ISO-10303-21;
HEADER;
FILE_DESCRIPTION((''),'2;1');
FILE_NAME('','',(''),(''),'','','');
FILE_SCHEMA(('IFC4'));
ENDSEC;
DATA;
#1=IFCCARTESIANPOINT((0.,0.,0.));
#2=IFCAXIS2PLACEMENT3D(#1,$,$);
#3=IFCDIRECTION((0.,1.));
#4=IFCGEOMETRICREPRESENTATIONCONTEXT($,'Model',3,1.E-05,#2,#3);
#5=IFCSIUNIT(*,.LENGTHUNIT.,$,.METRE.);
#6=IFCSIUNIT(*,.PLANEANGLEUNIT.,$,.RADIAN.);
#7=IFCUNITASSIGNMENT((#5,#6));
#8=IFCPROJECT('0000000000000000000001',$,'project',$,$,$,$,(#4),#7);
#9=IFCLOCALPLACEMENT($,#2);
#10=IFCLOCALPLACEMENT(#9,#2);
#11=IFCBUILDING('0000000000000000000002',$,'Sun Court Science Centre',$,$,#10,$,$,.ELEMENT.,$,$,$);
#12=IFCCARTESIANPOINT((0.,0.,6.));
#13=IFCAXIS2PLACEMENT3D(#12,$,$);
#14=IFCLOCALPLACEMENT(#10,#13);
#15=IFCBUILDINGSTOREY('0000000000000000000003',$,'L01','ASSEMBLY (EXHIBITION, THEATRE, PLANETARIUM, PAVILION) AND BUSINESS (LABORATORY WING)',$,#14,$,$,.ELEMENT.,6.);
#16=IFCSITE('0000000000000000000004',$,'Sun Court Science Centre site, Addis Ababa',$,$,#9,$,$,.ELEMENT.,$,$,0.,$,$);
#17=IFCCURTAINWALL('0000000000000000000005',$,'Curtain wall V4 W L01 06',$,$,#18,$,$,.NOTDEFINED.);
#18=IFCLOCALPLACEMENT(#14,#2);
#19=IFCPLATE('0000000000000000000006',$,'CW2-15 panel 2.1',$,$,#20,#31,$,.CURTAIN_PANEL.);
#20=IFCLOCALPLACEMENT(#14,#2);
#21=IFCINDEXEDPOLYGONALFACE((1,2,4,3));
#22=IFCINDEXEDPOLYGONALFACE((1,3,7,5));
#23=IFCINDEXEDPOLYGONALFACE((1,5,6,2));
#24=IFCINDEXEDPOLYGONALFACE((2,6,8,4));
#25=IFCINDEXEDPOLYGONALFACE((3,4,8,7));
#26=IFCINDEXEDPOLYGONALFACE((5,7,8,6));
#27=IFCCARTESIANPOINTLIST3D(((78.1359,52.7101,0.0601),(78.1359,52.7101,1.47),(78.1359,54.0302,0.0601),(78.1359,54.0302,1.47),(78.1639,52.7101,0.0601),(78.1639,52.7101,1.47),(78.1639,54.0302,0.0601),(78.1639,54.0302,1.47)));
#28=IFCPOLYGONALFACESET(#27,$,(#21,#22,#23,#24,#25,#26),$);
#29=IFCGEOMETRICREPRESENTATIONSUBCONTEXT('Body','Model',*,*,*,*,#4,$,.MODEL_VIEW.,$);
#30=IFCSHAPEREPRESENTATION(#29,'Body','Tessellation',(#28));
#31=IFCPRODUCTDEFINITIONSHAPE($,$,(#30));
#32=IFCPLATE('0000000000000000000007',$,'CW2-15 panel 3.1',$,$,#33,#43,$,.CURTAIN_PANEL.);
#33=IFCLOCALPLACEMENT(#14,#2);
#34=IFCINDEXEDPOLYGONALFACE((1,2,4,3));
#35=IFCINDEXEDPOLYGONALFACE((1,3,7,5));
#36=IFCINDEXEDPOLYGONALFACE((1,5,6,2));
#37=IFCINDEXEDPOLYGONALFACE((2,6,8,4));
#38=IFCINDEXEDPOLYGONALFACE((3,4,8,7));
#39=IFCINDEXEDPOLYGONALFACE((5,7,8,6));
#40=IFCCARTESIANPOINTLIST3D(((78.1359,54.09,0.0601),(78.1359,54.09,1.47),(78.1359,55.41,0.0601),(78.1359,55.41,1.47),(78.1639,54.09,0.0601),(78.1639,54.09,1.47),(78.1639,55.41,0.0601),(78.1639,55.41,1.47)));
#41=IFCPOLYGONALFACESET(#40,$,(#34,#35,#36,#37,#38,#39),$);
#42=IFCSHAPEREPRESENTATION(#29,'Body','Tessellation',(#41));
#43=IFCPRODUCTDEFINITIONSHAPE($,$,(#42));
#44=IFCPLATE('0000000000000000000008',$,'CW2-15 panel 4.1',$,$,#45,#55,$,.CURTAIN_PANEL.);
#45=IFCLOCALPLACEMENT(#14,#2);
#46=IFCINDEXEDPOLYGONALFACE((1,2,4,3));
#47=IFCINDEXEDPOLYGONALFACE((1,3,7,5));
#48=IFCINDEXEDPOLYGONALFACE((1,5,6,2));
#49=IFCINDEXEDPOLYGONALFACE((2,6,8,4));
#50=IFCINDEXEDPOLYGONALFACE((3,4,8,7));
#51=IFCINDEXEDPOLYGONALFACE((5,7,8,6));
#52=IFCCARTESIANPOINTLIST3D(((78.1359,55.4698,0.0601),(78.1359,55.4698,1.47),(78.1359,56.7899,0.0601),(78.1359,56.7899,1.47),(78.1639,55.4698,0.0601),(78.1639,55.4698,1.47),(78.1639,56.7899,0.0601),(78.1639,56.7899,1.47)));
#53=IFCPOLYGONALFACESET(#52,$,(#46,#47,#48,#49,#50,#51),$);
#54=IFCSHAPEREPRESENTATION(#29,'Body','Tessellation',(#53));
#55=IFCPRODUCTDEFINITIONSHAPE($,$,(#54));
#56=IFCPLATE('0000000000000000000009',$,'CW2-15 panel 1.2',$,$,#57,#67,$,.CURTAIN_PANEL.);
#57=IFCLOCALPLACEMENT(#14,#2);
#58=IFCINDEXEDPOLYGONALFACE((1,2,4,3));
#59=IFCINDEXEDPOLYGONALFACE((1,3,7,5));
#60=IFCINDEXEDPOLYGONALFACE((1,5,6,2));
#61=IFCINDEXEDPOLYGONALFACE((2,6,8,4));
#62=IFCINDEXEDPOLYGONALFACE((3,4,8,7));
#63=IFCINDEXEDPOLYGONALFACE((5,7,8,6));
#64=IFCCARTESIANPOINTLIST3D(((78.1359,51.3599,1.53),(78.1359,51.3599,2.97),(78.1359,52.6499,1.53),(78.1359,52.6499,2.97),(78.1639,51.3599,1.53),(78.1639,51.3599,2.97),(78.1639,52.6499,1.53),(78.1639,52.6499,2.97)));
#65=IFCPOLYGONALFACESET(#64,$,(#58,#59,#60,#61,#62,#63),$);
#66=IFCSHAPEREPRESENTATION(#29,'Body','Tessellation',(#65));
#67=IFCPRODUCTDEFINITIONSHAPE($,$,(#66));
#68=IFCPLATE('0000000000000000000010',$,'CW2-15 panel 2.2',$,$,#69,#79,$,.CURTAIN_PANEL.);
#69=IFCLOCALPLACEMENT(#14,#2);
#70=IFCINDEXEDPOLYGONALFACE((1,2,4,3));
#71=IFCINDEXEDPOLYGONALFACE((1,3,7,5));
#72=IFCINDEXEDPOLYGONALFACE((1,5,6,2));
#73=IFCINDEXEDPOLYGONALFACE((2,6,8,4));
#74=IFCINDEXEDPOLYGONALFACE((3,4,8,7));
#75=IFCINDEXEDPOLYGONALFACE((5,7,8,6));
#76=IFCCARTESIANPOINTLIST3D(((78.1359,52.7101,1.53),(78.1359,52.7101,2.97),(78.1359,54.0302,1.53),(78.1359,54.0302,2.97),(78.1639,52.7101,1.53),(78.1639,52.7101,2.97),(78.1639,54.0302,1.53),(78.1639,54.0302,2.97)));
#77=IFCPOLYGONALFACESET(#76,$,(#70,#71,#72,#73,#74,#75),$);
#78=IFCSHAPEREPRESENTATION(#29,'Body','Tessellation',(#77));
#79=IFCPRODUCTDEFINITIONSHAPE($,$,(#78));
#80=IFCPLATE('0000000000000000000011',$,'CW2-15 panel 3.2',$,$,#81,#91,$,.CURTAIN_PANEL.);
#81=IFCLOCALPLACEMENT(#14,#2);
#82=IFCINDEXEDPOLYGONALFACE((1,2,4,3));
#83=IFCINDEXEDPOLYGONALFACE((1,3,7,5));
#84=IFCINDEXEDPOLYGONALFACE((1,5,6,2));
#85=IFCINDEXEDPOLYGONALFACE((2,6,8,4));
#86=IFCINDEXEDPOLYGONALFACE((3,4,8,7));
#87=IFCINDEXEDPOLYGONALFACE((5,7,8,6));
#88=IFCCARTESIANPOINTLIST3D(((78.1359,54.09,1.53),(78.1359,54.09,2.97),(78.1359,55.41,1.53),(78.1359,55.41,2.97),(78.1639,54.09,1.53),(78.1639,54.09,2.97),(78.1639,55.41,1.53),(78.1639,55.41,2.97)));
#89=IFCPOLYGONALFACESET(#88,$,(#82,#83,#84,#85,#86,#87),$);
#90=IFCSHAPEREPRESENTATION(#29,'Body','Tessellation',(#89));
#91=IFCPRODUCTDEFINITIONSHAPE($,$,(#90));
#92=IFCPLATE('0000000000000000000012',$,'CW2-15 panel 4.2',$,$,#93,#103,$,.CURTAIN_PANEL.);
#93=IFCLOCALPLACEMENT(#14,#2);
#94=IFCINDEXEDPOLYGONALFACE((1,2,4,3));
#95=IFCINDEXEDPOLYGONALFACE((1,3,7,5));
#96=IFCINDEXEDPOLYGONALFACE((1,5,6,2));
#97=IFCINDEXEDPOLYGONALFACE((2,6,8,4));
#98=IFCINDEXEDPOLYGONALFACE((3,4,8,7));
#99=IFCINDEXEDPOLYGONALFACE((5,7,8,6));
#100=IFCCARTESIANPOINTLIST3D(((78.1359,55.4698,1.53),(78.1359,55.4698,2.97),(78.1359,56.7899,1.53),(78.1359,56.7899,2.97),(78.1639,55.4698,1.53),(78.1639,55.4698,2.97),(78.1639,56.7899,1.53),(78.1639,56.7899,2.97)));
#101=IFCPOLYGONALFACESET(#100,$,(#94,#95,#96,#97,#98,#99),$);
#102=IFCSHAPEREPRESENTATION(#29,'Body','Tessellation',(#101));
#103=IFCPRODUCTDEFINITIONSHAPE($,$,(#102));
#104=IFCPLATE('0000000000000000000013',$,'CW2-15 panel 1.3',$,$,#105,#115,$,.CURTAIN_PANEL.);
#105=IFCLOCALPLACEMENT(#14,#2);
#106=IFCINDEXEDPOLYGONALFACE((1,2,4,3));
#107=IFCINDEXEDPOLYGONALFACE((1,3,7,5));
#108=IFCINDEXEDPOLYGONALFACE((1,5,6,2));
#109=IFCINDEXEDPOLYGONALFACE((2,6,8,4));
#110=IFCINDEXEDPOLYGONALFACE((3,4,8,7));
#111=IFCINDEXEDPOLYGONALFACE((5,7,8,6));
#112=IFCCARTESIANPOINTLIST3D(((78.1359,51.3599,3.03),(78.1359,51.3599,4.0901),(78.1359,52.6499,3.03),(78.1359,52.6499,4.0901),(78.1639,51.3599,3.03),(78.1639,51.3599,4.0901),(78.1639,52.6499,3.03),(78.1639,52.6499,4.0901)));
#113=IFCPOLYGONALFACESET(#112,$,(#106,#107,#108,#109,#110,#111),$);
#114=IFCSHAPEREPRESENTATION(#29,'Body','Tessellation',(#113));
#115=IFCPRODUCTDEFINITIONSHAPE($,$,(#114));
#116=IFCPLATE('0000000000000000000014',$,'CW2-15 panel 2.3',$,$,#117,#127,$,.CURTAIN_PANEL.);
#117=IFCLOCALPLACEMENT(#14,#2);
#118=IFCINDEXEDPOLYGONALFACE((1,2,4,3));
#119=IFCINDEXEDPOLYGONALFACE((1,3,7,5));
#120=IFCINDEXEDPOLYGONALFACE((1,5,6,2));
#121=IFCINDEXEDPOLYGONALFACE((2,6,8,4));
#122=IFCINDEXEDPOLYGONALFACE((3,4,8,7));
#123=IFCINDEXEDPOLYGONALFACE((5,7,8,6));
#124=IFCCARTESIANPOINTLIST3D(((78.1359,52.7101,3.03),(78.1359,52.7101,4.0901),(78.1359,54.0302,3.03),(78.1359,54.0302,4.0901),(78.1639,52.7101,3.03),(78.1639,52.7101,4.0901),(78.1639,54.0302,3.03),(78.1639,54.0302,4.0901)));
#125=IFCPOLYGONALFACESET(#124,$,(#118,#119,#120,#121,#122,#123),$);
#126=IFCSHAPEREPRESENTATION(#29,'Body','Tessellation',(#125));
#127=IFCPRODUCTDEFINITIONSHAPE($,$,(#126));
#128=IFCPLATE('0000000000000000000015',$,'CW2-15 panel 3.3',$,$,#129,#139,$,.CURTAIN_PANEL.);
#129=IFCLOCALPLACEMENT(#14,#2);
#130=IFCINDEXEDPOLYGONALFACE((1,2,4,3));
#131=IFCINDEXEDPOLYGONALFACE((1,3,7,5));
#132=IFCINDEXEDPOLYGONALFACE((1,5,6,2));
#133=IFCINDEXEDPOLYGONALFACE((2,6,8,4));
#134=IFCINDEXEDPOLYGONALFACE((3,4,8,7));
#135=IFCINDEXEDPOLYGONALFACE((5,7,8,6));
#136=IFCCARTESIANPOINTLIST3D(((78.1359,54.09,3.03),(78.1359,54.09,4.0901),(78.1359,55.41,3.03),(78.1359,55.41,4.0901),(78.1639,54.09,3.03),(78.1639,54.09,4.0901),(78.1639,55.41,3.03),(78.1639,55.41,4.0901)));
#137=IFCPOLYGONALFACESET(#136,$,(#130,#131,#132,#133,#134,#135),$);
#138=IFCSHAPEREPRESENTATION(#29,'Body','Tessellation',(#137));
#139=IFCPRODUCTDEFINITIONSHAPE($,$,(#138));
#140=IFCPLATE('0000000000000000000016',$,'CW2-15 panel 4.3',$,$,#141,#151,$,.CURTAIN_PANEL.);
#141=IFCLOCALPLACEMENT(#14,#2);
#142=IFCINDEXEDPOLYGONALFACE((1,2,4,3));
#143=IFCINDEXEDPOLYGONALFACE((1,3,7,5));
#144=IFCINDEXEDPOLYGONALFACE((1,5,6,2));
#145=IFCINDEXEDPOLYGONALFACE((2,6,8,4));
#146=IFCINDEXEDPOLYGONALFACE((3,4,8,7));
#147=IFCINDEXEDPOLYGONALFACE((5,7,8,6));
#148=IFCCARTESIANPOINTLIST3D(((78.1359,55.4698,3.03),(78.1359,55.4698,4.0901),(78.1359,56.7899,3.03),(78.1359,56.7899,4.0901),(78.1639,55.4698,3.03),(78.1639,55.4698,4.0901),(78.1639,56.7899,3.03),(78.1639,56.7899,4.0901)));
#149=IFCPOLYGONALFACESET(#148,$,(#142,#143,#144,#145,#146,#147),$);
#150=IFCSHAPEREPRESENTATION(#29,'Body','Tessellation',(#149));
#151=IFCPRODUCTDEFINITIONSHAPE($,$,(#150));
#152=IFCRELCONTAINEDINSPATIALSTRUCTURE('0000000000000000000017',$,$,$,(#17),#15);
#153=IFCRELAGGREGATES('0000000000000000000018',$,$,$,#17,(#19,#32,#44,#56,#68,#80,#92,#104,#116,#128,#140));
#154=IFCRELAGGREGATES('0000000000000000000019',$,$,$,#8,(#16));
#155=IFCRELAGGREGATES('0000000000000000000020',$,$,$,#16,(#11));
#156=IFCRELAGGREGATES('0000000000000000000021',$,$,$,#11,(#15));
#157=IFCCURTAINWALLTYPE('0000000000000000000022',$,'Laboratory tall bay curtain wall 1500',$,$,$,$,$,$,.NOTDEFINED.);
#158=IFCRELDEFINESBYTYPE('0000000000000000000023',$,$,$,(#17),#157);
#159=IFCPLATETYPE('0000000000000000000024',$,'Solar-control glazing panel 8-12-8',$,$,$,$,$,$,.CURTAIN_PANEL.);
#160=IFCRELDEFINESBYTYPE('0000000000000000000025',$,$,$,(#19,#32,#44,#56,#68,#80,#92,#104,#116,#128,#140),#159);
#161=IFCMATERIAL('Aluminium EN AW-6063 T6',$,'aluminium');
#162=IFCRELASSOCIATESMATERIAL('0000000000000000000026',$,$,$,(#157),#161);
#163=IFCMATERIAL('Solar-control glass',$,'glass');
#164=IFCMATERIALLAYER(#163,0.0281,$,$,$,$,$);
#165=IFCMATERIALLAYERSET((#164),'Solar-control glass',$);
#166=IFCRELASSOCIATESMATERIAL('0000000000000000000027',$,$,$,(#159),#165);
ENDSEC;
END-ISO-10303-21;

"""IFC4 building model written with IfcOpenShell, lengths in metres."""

from ifc_helpers import new_model, si_unit, direction, frame, origin, origin_2d, place, context, subcontext, project, spatial, rectangle, extrude, material, layer, layer_set, type_object, element, aggregate, save


model = new_model("IFC4")

# Units and contexts
model_context = context("Model", 3, precision=1e-05, world=origin(), true_north=direction((0.0, 1.0)))
body_context = subcontext(model_context, "Body", "Model", "MODEL_VIEW")
ifc_project = project(units=[si_unit("LENGTHUNIT", "METRE"), si_unit("PLANEANGLEUNIT", "RADIAN")], contexts=[model_context])

# Site, building, storey
site_placement = place(None, origin())
site = spatial("IfcSite", under=ifc_project, at=site_placement, Name="Sun Court Science Centre site, Addis Ababa", CompositionType="ELEMENT", RefElevation=0.0)
building_placement = place(site_placement, origin())
building = spatial("IfcBuilding", under=site, at=building_placement, Name="Sun Court Science Centre", CompositionType="ELEMENT")
storey_placement = place(building_placement, frame((0.0, 0.0, 6.0)))
storey = spatial("IfcBuildingStorey", under=building, at=storey_placement, Name="L01", Description="ASSEMBLY (EXHIBITION, THEATRE, PLANETARIUM, PAVILION) AND BUSINESS (LABORATORY WING)", CompositionType="ELEMENT", Elevation=6.0)

# Shared definitions
ifc_material_1 = material(Name="Aluminium EN AW-6063 T6", Category="aluminium")
curtain_wall_type = type_object("IfcCurtainWallType", Name="Laboratory tall bay curtain wall 1500", PredefinedType="NOTDEFINED", material=ifc_material_1)

# Curtain wall
curtain_wall_1_placement = place(storey_placement, origin())
curtain_wall_1 = element("IfcCurtainWall", 1, at=curtain_wall_1_placement, inside=storey, type_object=curtain_wall_type, Name="Curtain wall V4 W L01 06", PredefinedType="NOTDEFINED")

# Plates
ifc_material_2 = material(Name="Solar-control glass", Category="glass")
ifc_layer = layer(ifc_material_2, 0.0281)
ifc_layer_set = layer_set([ifc_layer], Name="Solar-control glass")
plate_type = type_object("IfcPlateType", Name="Solar-control glazing panel 8-12-8", PredefinedType="CURTAIN_PANEL", material=ifc_layer_set)
plate_1_placement = place(storey_placement, frame((78.1499, 53.3701, 0.0601), z_axis=(0.0, 0.0, 1.0), x_axis=(0.0, 1.0, 0.0)))
plate_1 = element("IfcPlate", 2, at=plate_1_placement, type_object=plate_type, Name="CW2-15 panel 2.1", PredefinedType="CURTAIN_PANEL", context=body_context, shape_type="SweptSolid", body=[
    extrude(rectangle(XDim=1.3201, YDim=0.0281, at=origin_2d()), origin(), (0.0, 0.0, 1.0), 1.4099),
])
plate_2_placement = place(storey_placement, frame((78.1499, 54.75, 0.0601), z_axis=(0.0, 0.0, 1.0), x_axis=(0.0, 1.0, 0.0)))
plate_2 = element("IfcPlate", 3, at=plate_2_placement, type_object=plate_type, Name="CW2-15 panel 3.1", PredefinedType="CURTAIN_PANEL", context=body_context, shape_type="SweptSolid", body=[
    extrude(rectangle(XDim=1.3201, YDim=0.0281, at=origin_2d()), origin(), (0.0, 0.0, 1.0), 1.4099),
])
plate_3_placement = place(storey_placement, frame((78.1499, 56.1299, 0.0601), z_axis=(0.0, 0.0, 1.0), x_axis=(0.0, 1.0, 0.0)))
plate_3 = element("IfcPlate", 4, at=plate_3_placement, type_object=plate_type, Name="CW2-15 panel 4.1", PredefinedType="CURTAIN_PANEL", context=body_context, shape_type="SweptSolid", body=[
    extrude(rectangle(XDim=1.3201, YDim=0.0281, at=origin_2d()), origin(), (0.0, 0.0, 1.0), 1.4099),
])
plate_4_placement = place(storey_placement, frame((78.1499, 52.0049, 1.53), z_axis=(0.0, 0.0, 1.0), x_axis=(0.0, 1.0, 0.0)))
plate_4 = element("IfcPlate", 5, at=plate_4_placement, type_object=plate_type, Name="CW2-15 panel 1.2", PredefinedType="CURTAIN_PANEL", context=body_context, shape_type="SweptSolid", body=[
    extrude(rectangle(XDim=1.29, YDim=0.0281, at=origin_2d()), origin(), (0.0, 0.0, 1.0), 1.4399),
])
plate_5_placement = place(storey_placement, frame((78.1499, 53.3701, 1.53), z_axis=(0.0, 0.0, 1.0), x_axis=(0.0, 1.0, 0.0)))
plate_5 = element("IfcPlate", 6, at=plate_5_placement, type_object=plate_type, Name="CW2-15 panel 2.2", PredefinedType="CURTAIN_PANEL", context=body_context, shape_type="SweptSolid", body=[
    extrude(rectangle(XDim=1.3201, YDim=0.0281, at=origin_2d()), origin(), (0.0, 0.0, 1.0), 1.4399),
])
plate_6_placement = place(storey_placement, frame((78.1499, 54.75, 1.53), z_axis=(0.0, 0.0, 1.0), x_axis=(0.0, 1.0, 0.0)))
plate_6 = element("IfcPlate", 7, at=plate_6_placement, type_object=plate_type, Name="CW2-15 panel 3.2", PredefinedType="CURTAIN_PANEL", context=body_context, shape_type="SweptSolid", body=[
    extrude(rectangle(XDim=1.3201, YDim=0.0281, at=origin_2d()), origin(), (0.0, 0.0, 1.0), 1.4399),
])
plate_7_placement = place(storey_placement, frame((78.1499, 56.1299, 1.53), z_axis=(0.0, 0.0, 1.0), x_axis=(0.0, 1.0, 0.0)))
plate_7 = element("IfcPlate", 8, at=plate_7_placement, type_object=plate_type, Name="CW2-15 panel 4.2", PredefinedType="CURTAIN_PANEL", context=body_context, shape_type="SweptSolid", body=[
    extrude(rectangle(XDim=1.3201, YDim=0.0281, at=origin_2d()), origin(), (0.0, 0.0, 1.0), 1.4399),
])
plate_8_placement = place(storey_placement, frame((78.1499, 52.0049, 3.03), z_axis=(0.0, 0.0, 1.0), x_axis=(0.0, 1.0, 0.0)))
plate_8 = element("IfcPlate", 9, at=plate_8_placement, type_object=plate_type, Name="CW2-15 panel 1.3", PredefinedType="CURTAIN_PANEL", context=body_context, shape_type="SweptSolid", body=[
    extrude(rectangle(XDim=1.29, YDim=0.0281, at=origin_2d()), origin(), (0.0, 0.0, 1.0), 1.0601),
])
plate_9_placement = place(storey_placement, frame((78.1499, 53.3701, 3.03), z_axis=(0.0, 0.0, 1.0), x_axis=(0.0, 1.0, 0.0)))
plate_9 = element("IfcPlate", 10, at=plate_9_placement, type_object=plate_type, Name="CW2-15 panel 2.3", PredefinedType="CURTAIN_PANEL", context=body_context, shape_type="SweptSolid", body=[
    extrude(rectangle(XDim=1.3201, YDim=0.0281, at=origin_2d()), origin(), (0.0, 0.0, 1.0), 1.0601),
])
plate_10_placement = place(storey_placement, frame((78.1499, 54.75, 3.03), z_axis=(0.0, 0.0, 1.0), x_axis=(0.0, 1.0, 0.0)))
plate_10 = element("IfcPlate", 11, at=plate_10_placement, type_object=plate_type, Name="CW2-15 panel 3.3", PredefinedType="CURTAIN_PANEL", context=body_context, shape_type="SweptSolid", body=[
    extrude(rectangle(XDim=1.3201, YDim=0.0281, at=origin_2d()), origin(), (0.0, 0.0, 1.0), 1.0601),
])
plate_11_placement = place(storey_placement, frame((78.1499, 56.1299, 3.03), z_axis=(0.0, 0.0, 1.0), x_axis=(0.0, 1.0, 0.0)))
plate_11 = element("IfcPlate", 12, at=plate_11_placement, type_object=plate_type, Name="CW2-15 panel 4.3", PredefinedType="CURTAIN_PANEL", context=body_context, shape_type="SweptSolid", body=[
    extrude(rectangle(XDim=1.3201, YDim=0.0281, at=origin_2d()), origin(), (0.0, 0.0, 1.0), 1.0601),
])
aggregate(curtain_wall_1, [plate_1, plate_2, plate_3, plate_4, plate_5, plate_6, plate_7, plate_8, plate_9, plate_10, plate_11])

save(model, "model.ifc")
